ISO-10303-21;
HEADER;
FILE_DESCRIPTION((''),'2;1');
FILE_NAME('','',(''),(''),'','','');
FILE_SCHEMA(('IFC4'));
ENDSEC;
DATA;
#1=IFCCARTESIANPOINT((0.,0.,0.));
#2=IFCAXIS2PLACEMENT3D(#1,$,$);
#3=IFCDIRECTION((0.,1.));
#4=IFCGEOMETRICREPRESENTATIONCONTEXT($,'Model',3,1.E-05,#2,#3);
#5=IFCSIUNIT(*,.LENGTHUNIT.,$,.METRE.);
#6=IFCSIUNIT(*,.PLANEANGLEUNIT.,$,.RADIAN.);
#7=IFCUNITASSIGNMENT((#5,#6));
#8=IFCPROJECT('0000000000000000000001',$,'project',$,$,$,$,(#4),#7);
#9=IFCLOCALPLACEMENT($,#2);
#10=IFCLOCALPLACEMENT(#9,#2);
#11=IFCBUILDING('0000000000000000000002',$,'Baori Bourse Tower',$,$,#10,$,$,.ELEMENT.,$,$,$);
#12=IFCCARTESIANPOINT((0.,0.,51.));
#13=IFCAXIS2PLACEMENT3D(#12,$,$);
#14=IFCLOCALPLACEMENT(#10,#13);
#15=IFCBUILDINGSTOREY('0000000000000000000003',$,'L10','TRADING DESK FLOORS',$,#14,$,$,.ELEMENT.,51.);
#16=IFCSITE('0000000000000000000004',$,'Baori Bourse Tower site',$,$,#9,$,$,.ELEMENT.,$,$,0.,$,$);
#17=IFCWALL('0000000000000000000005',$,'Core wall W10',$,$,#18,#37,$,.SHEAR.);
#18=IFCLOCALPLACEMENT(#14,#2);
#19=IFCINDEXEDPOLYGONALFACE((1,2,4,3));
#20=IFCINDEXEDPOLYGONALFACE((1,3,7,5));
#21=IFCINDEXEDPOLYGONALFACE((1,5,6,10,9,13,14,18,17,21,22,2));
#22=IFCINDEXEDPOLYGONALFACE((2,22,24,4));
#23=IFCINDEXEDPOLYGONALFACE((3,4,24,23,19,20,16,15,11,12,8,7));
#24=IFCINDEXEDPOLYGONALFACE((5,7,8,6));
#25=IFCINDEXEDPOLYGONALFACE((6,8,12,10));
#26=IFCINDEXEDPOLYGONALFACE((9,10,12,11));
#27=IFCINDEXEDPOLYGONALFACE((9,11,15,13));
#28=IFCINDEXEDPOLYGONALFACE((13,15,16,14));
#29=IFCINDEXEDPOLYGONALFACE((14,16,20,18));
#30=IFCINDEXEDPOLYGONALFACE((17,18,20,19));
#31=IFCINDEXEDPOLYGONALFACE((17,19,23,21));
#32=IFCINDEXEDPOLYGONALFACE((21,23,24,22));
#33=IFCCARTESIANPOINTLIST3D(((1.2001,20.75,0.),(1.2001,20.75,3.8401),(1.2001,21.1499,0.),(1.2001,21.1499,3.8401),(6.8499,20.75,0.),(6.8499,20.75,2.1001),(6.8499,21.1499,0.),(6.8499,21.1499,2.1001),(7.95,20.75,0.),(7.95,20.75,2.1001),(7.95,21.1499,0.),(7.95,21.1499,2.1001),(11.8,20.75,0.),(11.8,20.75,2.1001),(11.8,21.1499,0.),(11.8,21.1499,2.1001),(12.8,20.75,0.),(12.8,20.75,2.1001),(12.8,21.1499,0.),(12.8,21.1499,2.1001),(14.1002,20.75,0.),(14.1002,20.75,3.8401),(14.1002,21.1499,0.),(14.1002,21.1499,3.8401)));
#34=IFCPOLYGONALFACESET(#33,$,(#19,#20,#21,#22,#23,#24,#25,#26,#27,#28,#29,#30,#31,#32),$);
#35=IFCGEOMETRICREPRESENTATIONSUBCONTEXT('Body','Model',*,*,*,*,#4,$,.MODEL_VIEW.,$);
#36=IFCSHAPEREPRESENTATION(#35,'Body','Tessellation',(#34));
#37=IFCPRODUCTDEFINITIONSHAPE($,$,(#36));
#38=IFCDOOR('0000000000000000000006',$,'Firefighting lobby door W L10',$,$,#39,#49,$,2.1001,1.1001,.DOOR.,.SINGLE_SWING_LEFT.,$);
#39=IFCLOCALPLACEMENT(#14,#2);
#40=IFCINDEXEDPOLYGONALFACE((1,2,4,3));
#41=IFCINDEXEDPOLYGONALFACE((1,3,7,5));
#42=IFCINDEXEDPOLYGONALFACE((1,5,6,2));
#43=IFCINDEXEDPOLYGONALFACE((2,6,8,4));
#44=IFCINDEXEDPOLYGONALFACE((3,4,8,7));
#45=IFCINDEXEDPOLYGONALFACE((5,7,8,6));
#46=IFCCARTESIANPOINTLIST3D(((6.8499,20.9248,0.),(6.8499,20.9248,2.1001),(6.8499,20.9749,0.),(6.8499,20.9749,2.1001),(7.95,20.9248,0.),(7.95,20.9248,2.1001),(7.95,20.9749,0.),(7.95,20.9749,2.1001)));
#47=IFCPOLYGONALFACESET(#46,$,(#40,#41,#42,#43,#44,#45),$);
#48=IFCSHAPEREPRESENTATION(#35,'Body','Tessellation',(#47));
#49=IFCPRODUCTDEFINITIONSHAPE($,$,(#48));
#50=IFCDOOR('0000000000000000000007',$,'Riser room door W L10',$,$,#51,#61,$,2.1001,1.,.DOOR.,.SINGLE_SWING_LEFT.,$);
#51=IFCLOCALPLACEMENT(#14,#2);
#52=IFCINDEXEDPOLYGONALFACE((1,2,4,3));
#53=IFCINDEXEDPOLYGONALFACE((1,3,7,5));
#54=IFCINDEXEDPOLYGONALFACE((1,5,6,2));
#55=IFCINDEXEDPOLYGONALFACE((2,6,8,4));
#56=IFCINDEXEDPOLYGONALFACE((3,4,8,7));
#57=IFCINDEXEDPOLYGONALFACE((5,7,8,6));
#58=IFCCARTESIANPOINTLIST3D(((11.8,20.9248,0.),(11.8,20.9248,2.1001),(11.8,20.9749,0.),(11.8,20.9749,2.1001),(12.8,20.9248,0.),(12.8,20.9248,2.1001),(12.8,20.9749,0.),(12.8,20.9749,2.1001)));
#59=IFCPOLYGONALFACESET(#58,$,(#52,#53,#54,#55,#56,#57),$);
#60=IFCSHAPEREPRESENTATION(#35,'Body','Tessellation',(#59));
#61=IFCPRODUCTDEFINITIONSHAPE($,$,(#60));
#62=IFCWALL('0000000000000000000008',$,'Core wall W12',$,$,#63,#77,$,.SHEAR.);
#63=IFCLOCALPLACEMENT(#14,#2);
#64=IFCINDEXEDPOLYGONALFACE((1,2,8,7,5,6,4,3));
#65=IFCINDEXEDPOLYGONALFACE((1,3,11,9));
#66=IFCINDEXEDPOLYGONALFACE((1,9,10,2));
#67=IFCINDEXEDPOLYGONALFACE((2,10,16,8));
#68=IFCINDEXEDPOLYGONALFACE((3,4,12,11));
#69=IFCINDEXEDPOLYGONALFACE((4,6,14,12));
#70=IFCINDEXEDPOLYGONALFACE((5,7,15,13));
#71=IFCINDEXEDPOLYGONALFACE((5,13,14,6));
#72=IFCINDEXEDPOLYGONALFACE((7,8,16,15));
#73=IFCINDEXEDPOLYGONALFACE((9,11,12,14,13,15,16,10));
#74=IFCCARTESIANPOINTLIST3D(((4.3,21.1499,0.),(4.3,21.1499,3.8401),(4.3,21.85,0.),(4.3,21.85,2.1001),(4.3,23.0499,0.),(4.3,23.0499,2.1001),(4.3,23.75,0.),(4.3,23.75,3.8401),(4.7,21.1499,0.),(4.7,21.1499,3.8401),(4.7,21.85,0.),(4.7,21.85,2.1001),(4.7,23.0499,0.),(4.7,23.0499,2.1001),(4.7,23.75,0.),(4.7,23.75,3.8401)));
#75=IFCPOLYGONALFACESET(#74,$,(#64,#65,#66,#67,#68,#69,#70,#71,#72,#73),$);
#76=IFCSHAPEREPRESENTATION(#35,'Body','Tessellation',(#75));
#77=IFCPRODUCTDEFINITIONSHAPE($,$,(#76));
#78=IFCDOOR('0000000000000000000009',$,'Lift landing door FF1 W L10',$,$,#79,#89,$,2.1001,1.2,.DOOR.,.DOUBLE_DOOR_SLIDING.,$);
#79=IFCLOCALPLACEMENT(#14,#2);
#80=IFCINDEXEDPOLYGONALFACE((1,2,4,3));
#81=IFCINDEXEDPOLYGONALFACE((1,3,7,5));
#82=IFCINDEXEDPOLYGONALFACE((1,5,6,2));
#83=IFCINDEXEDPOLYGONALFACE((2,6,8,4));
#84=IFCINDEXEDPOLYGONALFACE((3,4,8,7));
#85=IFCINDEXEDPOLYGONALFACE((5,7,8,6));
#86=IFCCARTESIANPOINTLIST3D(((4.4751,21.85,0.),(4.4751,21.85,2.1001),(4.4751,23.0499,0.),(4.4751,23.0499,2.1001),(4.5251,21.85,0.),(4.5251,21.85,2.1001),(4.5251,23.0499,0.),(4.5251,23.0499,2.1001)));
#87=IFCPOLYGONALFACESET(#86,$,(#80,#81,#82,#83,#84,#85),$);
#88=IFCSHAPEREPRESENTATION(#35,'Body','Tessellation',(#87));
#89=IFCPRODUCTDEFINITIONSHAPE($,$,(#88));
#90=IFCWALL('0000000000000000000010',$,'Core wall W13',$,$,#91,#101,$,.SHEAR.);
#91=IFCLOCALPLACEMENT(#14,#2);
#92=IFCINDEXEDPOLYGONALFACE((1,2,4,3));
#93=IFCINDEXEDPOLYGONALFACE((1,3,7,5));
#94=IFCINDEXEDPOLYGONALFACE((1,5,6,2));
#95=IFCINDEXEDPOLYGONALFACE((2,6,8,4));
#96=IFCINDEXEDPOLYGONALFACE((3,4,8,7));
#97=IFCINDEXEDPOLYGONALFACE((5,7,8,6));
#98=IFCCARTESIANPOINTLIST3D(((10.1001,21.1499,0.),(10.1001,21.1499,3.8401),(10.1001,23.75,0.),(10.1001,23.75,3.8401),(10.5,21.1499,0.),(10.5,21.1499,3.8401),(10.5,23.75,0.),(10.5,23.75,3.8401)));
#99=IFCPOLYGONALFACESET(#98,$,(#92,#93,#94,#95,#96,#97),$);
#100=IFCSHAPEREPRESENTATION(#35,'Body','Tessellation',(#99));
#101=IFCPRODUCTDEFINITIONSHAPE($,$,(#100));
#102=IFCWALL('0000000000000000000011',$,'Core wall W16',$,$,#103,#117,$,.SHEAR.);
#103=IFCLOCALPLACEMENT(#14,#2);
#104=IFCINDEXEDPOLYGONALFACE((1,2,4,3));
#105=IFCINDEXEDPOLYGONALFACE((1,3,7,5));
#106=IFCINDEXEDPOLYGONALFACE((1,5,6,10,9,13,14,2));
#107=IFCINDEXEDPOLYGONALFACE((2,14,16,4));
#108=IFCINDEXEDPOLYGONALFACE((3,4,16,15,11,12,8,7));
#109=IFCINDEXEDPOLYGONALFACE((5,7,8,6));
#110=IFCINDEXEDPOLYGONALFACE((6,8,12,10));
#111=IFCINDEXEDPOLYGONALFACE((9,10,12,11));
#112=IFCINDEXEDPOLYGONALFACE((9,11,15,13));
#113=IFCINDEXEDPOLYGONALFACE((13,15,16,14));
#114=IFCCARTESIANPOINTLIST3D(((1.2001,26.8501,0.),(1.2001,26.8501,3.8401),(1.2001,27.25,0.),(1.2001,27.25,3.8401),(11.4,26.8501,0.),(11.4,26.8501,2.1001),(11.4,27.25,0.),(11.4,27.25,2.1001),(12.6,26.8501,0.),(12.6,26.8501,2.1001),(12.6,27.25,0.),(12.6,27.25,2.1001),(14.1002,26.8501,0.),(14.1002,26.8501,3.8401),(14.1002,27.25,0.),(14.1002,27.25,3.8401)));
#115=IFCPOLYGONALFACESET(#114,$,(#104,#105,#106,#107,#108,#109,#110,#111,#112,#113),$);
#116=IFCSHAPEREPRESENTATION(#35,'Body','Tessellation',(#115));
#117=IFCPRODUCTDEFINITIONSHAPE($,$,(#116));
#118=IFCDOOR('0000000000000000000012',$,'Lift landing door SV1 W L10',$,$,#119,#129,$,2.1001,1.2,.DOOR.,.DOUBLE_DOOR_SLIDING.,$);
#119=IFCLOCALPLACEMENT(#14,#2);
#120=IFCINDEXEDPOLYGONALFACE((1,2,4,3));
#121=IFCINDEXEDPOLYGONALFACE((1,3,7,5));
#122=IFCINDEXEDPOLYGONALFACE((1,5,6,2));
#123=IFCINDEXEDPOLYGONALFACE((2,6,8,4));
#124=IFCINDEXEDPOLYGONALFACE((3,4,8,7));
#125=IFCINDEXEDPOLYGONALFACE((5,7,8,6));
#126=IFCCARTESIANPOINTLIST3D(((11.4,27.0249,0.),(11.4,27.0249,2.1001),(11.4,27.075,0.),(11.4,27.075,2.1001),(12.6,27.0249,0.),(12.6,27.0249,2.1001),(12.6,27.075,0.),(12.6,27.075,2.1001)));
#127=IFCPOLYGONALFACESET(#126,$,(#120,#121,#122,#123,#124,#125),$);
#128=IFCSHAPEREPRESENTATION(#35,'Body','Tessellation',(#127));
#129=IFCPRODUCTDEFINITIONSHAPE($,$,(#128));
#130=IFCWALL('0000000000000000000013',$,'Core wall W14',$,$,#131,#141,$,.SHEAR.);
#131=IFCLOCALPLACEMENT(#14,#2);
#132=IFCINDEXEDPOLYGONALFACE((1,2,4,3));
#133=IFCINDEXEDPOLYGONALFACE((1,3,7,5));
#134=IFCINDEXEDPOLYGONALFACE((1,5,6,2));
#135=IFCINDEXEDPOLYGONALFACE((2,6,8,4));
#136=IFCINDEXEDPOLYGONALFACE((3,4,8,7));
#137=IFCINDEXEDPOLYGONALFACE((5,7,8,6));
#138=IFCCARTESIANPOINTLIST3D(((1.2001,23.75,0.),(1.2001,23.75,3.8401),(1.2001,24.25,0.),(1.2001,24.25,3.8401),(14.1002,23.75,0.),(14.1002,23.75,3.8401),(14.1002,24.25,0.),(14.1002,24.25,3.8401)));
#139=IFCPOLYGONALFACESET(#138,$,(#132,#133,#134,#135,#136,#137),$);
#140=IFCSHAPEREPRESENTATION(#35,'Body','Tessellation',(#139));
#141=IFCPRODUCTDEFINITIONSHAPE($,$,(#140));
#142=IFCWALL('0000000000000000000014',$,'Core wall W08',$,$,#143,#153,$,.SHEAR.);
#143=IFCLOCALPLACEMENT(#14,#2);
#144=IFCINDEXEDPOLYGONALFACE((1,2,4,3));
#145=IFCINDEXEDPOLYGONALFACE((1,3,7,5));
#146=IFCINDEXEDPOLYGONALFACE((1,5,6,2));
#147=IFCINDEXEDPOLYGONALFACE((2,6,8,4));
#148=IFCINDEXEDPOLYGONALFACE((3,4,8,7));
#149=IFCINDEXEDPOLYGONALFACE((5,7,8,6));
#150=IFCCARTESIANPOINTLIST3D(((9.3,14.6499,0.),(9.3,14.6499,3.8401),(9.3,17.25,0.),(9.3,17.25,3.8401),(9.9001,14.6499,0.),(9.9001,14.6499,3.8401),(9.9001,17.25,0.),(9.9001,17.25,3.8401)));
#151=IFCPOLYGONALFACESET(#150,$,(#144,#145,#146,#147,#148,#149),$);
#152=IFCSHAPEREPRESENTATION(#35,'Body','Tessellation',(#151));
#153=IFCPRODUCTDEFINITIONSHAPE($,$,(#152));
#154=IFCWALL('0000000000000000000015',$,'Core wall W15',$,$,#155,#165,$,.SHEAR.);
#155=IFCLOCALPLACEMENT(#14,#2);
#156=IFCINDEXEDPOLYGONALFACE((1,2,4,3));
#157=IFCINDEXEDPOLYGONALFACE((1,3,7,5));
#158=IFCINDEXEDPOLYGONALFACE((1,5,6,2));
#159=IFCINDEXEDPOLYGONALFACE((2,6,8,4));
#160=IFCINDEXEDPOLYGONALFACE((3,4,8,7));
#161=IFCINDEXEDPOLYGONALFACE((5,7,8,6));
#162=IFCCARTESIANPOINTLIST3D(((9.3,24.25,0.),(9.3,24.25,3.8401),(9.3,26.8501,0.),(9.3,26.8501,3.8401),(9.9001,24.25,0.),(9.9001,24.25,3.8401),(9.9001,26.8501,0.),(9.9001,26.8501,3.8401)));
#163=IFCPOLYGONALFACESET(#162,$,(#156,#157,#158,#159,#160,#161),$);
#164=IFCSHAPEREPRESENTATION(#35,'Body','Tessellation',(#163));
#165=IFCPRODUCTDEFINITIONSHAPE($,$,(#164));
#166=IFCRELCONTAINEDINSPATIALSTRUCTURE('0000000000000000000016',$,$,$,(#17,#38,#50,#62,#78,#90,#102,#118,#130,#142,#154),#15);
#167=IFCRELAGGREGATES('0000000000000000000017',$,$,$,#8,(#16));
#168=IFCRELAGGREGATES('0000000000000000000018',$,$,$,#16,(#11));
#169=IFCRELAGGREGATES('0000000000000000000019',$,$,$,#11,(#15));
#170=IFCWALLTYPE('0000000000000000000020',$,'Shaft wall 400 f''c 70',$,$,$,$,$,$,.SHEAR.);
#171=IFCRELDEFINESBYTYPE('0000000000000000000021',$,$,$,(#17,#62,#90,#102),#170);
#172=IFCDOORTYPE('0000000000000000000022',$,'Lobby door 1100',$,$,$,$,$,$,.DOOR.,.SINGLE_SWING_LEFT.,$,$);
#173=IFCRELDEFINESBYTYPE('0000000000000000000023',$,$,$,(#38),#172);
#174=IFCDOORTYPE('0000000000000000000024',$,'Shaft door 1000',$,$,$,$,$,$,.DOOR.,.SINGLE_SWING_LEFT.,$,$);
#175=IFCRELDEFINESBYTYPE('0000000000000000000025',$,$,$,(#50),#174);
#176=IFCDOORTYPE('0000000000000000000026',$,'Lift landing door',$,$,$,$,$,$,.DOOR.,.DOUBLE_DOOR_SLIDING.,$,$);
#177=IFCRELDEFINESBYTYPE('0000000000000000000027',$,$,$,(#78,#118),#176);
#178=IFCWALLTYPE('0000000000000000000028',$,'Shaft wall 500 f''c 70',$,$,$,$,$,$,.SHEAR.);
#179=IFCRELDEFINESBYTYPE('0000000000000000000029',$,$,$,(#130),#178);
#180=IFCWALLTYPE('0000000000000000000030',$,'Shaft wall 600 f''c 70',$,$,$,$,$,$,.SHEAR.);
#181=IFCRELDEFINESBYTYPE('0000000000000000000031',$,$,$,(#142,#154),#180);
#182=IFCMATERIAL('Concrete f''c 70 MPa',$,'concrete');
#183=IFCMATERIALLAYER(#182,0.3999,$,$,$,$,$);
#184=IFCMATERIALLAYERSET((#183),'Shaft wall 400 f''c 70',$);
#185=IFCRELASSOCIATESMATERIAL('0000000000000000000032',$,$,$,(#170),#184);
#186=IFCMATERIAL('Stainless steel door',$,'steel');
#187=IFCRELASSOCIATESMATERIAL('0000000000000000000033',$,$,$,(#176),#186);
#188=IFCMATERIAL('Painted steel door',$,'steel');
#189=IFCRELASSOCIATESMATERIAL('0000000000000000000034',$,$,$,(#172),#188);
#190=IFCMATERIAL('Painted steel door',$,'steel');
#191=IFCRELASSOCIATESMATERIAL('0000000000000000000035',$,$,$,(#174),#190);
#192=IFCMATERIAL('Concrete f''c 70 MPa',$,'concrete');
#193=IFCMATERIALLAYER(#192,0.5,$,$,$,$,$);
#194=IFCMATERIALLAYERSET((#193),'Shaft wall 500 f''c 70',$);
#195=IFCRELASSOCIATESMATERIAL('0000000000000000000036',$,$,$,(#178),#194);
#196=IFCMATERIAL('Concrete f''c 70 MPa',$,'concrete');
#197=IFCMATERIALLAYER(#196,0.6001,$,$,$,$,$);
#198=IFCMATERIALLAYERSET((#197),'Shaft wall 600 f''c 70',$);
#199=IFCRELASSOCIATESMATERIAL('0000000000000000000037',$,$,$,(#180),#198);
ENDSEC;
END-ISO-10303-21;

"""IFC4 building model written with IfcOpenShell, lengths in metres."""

from ifc_helpers import new_model, si_unit, direction, frame, frame_2d, origin, place, context, subcontext, project, spatial, rectangle, extrude, material, layer, layer_set, type_object, element, fill, save


model = new_model("IFC4")

# Units and contexts
model_context = context("Model", 3, precision=1e-05, world=origin(), true_north=direction((0.0, 1.0)))
body_context = subcontext(model_context, "Body", "Model", "MODEL_VIEW")
ifc_project = project(units=[si_unit("LENGTHUNIT", "METRE"), si_unit("PLANEANGLEUNIT", "RADIAN")], contexts=[model_context])

# Site, building, storey
site_placement = place(None, origin())
site = spatial("IfcSite", under=ifc_project, at=site_placement, Name="Baori Bourse Tower site", CompositionType="ELEMENT", RefElevation=0.0)
building_placement = place(site_placement, origin())
building = spatial("IfcBuilding", under=site, at=building_placement, Name="Baori Bourse Tower", CompositionType="ELEMENT")
storey_placement = place(building_placement, frame((0.0, 0.0, 51.0)))
storey = spatial("IfcBuildingStorey", under=building, at=storey_placement, Name="L10", Description="TRADING DESK FLOORS", CompositionType="ELEMENT", Elevation=51.0)

# Shared definitions
ifc_material_1 = material(Name="Concrete f'c 70 MPa", Category="concrete")
ifc_layer_1 = layer(ifc_material_1, 0.3999)
ifc_layer_set_1 = layer_set([ifc_layer_1], Name="Shaft wall 400 f'c 70")
wall_type_1 = type_object("IfcWallType", Name="Shaft wall 400 f'c 70", PredefinedType="SHEAR", material=ifc_layer_set_1)

# Wall, openings, doors
ifc_material_2 = material(Name="Stainless steel door", Category="steel")
door_type_1 = type_object("IfcDoorType", Name="Lift landing door", OperationType="DOUBLE_DOOR_SLIDING", PredefinedType="DOOR", material=ifc_material_2)
wall_1_placement = place(storey_placement, frame((1.2, 20.95, 0.0), z_axis=(0.0, 0.0, 1.0), x_axis=(1.0, 0.0, 0.0)))
wall_1 = element("IfcWall", 1, at=wall_1_placement, inside=storey, type_object=wall_type_1, Name="Core wall W10", PredefinedType="SHEAR", context=body_context, shape_type="SweptSolid", body=[
    extrude(rectangle(XDim=12.9001, YDim=0.3999, at=frame_2d((6.4502, 0.0))), origin(), (0.0, 0.0, 1.0), 3.8401),
])
opening_1_placement = place(wall_1_placement, frame((5.6499, 0.0, 0.0)))
opening_1 = element("IfcOpeningElement", 2, at=opening_1_placement, cuts=wall_1, PredefinedType="OPENING", context=body_context, shape_type="SweptSolid", body=[
    extrude(rectangle(XDim=1.1001, YDim=2.1001, at=frame_2d((0.55, 1.05))), frame((0.0, 0.21, 0.0), z_axis=(0.0, -1.0, 0.0), x_axis=(1.0, 0.0, 0.0)), (0.0, 0.0, 1.0), 0.4199),
])
opening_2_placement = place(wall_1_placement, frame((10.6001, 0.0, 0.0)))
opening_2 = element("IfcOpeningElement", 3, at=opening_2_placement, cuts=wall_1, PredefinedType="OPENING", context=body_context, shape_type="SweptSolid", body=[
    extrude(rectangle(XDim=1.0, YDim=2.1001, at=frame_2d((0.5, 1.05))), frame((0.0, 0.21, 0.0), z_axis=(0.0, -1.0, 0.0), x_axis=(1.0, 0.0, 0.0)), (0.0, 0.0, 1.0), 0.4199),
])
ifc_material_3 = material(Name="Painted steel door", Category="steel")
door_type_2 = type_object("IfcDoorType", Name="Lobby door 1100", OperationType="SINGLE_SWING_LEFT", PredefinedType="DOOR", material=ifc_material_3)
door_1_placement = place(opening_1_placement, origin())
door_1 = element("IfcDoor", 4, at=door_1_placement, inside=storey, type_object=door_type_2, Name="Firefighting lobby door W L10", OperationType="SINGLE_SWING_LEFT", OverallHeight=2.1001, OverallWidth=1.1001, PredefinedType="DOOR", context=body_context, shape_type="SweptSolid", body=[
    extrude(rectangle(XDim=1.1001, YDim=2.1001, at=frame_2d((0.55, 1.05))), frame((0.0, 0.0249, 0.0), z_axis=(0.0, -1.0, 0.0), x_axis=(1.0, 0.0, 0.0)), (0.0, 0.0, 1.0), 0.05),
])
fill(opening_1, door_1)
ifc_material_4 = material(Name="Painted steel door", Category="steel")
door_type_3 = type_object("IfcDoorType", Name="Shaft door 1000", OperationType="SINGLE_SWING_LEFT", PredefinedType="DOOR", material=ifc_material_4)
door_2_placement = place(opening_2_placement, origin())
door_2 = element("IfcDoor", 5, at=door_2_placement, inside=storey, type_object=door_type_3, Name="Riser room door W L10", OperationType="SINGLE_SWING_LEFT", OverallHeight=2.1001, OverallWidth=1.0, PredefinedType="DOOR", context=body_context, shape_type="SweptSolid", body=[
    extrude(rectangle(XDim=1.0, YDim=2.1001, at=frame_2d((0.5, 1.05))), frame((0.0, 0.0249, 0.0), z_axis=(0.0, -1.0, 0.0), x_axis=(1.0, 0.0, 0.0)), (0.0, 0.0, 1.0), 0.05),
])
fill(opening_2, door_2)

# Wall, opening, door
wall_2_placement = place(storey_placement, frame((4.5, 21.1499, 0.0), z_axis=(0.0, 0.0, 1.0), x_axis=(0.0, 1.0, 0.0)))
wall_2 = element("IfcWall", 6, at=wall_2_placement, inside=storey, type_object=wall_type_1, Name="Core wall W12", PredefinedType="SHEAR", context=body_context, shape_type="SweptSolid", body=[
    extrude(rectangle(XDim=2.6001, YDim=0.3999, at=frame_2d((1.3, 0.0))), origin(), (0.0, 0.0, 1.0), 3.8401),
])
opening_3_placement = place(wall_2_placement, frame((0.7, 0.0, 0.0)))
opening_3 = element("IfcOpeningElement", 7, at=opening_3_placement, cuts=wall_2, PredefinedType="OPENING", context=body_context, shape_type="SweptSolid", body=[
    extrude(rectangle(XDim=1.2, YDim=2.1001, at=frame_2d((0.6001, 1.05))), frame((0.0, 0.21, 0.0), z_axis=(0.0, -1.0, 0.0), x_axis=(1.0, 0.0, 0.0)), (0.0, 0.0, 1.0), 0.4199),
])
door_3_placement = place(opening_3_placement, origin())
door_3 = element("IfcDoor", 8, at=door_3_placement, inside=storey, type_object=door_type_1, Name="Lift landing door FF1 W L10", OperationType="DOUBLE_DOOR_SLIDING", OverallHeight=2.1001, OverallWidth=1.2, PredefinedType="DOOR", context=body_context, shape_type="SweptSolid", body=[
    extrude(rectangle(XDim=1.2, YDim=2.1001, at=frame_2d((0.6001, 1.05))), frame((0.0, 0.0249, 0.0), z_axis=(0.0, -1.0, 0.0), x_axis=(1.0, 0.0, 0.0)), (0.0, 0.0, 1.0), 0.05),
])
fill(opening_3, door_3)

# Wall
wall_3_placement = place(storey_placement, frame((10.3, 21.1499, 0.0), z_axis=(0.0, 0.0, 1.0), x_axis=(0.0, 1.0, 0.0)))
element("IfcWall", 9, at=wall_3_placement, inside=storey, type_object=wall_type_1, Name="Core wall W13", PredefinedType="SHEAR", context=body_context, shape_type="SweptSolid", body=[
    extrude(rectangle(XDim=2.6001, YDim=0.3999, at=frame_2d((1.3, 0.0))), origin(), (0.0, 0.0, 1.0), 3.8401),
])

# Wall, opening, door
wall_4_placement = place(storey_placement, frame((1.2, 27.05, 0.0), z_axis=(0.0, 0.0, 1.0), x_axis=(1.0, 0.0, 0.0)))
wall_4 = element("IfcWall", 10, at=wall_4_placement, inside=storey, type_object=wall_type_1, Name="Core wall W16", PredefinedType="SHEAR", context=body_context, shape_type="SweptSolid", body=[
    extrude(rectangle(XDim=12.9001, YDim=0.3999, at=frame_2d((6.4502, 0.0))), origin(), (0.0, 0.0, 1.0), 3.8401),
])
opening_4_placement = place(wall_4_placement, frame((10.2, 0.0, 0.0)))
opening_4 = element("IfcOpeningElement", 11, at=opening_4_placement, cuts=wall_4, PredefinedType="OPENING", context=body_context, shape_type="SweptSolid", body=[
    extrude(rectangle(XDim=1.2, YDim=2.1001, at=frame_2d((0.6001, 1.05))), frame((0.0, 0.21, 0.0), z_axis=(0.0, -1.0, 0.0), x_axis=(1.0, 0.0, 0.0)), (0.0, 0.0, 1.0), 0.4199),
])
door_4_placement = place(opening_4_placement, origin())
door_4 = element("IfcDoor", 12, at=door_4_placement, inside=storey, type_object=door_type_1, Name="Lift landing door SV1 W L10", OperationType="DOUBLE_DOOR_SLIDING", OverallHeight=2.1001, OverallWidth=1.2, PredefinedType="DOOR", context=body_context, shape_type="SweptSolid", body=[
    extrude(rectangle(XDim=1.2, YDim=2.1001, at=frame_2d((0.6001, 1.05))), frame((0.0, 0.0249, 0.0), z_axis=(0.0, -1.0, 0.0), x_axis=(1.0, 0.0, 0.0)), (0.0, 0.0, 1.0), 0.05),
])
fill(opening_4, door_4)

# Walls
ifc_material_5 = material(Name="Concrete f'c 70 MPa", Category="concrete")
ifc_layer_2 = layer(ifc_material_5, 0.5)
ifc_layer_set_2 = layer_set([ifc_layer_2], Name="Shaft wall 500 f'c 70")
wall_type_2 = type_object("IfcWallType", Name="Shaft wall 500 f'c 70", PredefinedType="SHEAR", material=ifc_layer_set_2)
wall_5_placement = place(storey_placement, frame((1.2, 24.0, 0.0), z_axis=(0.0, 0.0, 1.0), x_axis=(1.0, 0.0, 0.0)))
element("IfcWall", 13, at=wall_5_placement, inside=storey, type_object=wall_type_2, Name="Core wall W14", PredefinedType="SHEAR", context=body_context, shape_type="SweptSolid", body=[
    extrude(rectangle(XDim=12.9001, YDim=0.5, at=frame_2d((6.4502, 0.0))), origin(), (0.0, 0.0, 1.0), 3.8401),
])
ifc_material_6 = material(Name="Concrete f'c 70 MPa", Category="concrete")
ifc_layer_3 = layer(ifc_material_6, 0.6001)
ifc_layer_set_3 = layer_set([ifc_layer_3], Name="Shaft wall 600 f'c 70")
wall_type_3 = type_object("IfcWallType", Name="Shaft wall 600 f'c 70", PredefinedType="SHEAR", material=ifc_layer_set_3)
for number, where, z_axis, x_axis, name in (
    (14, (9.6001, 14.6499, 0.0), (0.0, 0.0, 1.0), (0.0, 1.0, 0.0), "Core wall W08"),
    (15, (9.6001, 24.25, 0.0), (0.0, 0.0, 1.0), (0.0, 1.0, 0.0), "Core wall W15"),
):
    element("IfcWall", number, at=place(storey_placement, frame(where, z_axis=z_axis, x_axis=x_axis)), inside=storey, type_object=wall_type_3, Name=name, PredefinedType="SHEAR", context=body_context, shape_type="SweptSolid", body=[
        extrude(rectangle(XDim=2.6001, YDim=0.6001, at=frame_2d((1.3, 0.0))), origin(), (0.0, 0.0, 1.0), 3.8401),
    ])

save(model, "model.ifc")
